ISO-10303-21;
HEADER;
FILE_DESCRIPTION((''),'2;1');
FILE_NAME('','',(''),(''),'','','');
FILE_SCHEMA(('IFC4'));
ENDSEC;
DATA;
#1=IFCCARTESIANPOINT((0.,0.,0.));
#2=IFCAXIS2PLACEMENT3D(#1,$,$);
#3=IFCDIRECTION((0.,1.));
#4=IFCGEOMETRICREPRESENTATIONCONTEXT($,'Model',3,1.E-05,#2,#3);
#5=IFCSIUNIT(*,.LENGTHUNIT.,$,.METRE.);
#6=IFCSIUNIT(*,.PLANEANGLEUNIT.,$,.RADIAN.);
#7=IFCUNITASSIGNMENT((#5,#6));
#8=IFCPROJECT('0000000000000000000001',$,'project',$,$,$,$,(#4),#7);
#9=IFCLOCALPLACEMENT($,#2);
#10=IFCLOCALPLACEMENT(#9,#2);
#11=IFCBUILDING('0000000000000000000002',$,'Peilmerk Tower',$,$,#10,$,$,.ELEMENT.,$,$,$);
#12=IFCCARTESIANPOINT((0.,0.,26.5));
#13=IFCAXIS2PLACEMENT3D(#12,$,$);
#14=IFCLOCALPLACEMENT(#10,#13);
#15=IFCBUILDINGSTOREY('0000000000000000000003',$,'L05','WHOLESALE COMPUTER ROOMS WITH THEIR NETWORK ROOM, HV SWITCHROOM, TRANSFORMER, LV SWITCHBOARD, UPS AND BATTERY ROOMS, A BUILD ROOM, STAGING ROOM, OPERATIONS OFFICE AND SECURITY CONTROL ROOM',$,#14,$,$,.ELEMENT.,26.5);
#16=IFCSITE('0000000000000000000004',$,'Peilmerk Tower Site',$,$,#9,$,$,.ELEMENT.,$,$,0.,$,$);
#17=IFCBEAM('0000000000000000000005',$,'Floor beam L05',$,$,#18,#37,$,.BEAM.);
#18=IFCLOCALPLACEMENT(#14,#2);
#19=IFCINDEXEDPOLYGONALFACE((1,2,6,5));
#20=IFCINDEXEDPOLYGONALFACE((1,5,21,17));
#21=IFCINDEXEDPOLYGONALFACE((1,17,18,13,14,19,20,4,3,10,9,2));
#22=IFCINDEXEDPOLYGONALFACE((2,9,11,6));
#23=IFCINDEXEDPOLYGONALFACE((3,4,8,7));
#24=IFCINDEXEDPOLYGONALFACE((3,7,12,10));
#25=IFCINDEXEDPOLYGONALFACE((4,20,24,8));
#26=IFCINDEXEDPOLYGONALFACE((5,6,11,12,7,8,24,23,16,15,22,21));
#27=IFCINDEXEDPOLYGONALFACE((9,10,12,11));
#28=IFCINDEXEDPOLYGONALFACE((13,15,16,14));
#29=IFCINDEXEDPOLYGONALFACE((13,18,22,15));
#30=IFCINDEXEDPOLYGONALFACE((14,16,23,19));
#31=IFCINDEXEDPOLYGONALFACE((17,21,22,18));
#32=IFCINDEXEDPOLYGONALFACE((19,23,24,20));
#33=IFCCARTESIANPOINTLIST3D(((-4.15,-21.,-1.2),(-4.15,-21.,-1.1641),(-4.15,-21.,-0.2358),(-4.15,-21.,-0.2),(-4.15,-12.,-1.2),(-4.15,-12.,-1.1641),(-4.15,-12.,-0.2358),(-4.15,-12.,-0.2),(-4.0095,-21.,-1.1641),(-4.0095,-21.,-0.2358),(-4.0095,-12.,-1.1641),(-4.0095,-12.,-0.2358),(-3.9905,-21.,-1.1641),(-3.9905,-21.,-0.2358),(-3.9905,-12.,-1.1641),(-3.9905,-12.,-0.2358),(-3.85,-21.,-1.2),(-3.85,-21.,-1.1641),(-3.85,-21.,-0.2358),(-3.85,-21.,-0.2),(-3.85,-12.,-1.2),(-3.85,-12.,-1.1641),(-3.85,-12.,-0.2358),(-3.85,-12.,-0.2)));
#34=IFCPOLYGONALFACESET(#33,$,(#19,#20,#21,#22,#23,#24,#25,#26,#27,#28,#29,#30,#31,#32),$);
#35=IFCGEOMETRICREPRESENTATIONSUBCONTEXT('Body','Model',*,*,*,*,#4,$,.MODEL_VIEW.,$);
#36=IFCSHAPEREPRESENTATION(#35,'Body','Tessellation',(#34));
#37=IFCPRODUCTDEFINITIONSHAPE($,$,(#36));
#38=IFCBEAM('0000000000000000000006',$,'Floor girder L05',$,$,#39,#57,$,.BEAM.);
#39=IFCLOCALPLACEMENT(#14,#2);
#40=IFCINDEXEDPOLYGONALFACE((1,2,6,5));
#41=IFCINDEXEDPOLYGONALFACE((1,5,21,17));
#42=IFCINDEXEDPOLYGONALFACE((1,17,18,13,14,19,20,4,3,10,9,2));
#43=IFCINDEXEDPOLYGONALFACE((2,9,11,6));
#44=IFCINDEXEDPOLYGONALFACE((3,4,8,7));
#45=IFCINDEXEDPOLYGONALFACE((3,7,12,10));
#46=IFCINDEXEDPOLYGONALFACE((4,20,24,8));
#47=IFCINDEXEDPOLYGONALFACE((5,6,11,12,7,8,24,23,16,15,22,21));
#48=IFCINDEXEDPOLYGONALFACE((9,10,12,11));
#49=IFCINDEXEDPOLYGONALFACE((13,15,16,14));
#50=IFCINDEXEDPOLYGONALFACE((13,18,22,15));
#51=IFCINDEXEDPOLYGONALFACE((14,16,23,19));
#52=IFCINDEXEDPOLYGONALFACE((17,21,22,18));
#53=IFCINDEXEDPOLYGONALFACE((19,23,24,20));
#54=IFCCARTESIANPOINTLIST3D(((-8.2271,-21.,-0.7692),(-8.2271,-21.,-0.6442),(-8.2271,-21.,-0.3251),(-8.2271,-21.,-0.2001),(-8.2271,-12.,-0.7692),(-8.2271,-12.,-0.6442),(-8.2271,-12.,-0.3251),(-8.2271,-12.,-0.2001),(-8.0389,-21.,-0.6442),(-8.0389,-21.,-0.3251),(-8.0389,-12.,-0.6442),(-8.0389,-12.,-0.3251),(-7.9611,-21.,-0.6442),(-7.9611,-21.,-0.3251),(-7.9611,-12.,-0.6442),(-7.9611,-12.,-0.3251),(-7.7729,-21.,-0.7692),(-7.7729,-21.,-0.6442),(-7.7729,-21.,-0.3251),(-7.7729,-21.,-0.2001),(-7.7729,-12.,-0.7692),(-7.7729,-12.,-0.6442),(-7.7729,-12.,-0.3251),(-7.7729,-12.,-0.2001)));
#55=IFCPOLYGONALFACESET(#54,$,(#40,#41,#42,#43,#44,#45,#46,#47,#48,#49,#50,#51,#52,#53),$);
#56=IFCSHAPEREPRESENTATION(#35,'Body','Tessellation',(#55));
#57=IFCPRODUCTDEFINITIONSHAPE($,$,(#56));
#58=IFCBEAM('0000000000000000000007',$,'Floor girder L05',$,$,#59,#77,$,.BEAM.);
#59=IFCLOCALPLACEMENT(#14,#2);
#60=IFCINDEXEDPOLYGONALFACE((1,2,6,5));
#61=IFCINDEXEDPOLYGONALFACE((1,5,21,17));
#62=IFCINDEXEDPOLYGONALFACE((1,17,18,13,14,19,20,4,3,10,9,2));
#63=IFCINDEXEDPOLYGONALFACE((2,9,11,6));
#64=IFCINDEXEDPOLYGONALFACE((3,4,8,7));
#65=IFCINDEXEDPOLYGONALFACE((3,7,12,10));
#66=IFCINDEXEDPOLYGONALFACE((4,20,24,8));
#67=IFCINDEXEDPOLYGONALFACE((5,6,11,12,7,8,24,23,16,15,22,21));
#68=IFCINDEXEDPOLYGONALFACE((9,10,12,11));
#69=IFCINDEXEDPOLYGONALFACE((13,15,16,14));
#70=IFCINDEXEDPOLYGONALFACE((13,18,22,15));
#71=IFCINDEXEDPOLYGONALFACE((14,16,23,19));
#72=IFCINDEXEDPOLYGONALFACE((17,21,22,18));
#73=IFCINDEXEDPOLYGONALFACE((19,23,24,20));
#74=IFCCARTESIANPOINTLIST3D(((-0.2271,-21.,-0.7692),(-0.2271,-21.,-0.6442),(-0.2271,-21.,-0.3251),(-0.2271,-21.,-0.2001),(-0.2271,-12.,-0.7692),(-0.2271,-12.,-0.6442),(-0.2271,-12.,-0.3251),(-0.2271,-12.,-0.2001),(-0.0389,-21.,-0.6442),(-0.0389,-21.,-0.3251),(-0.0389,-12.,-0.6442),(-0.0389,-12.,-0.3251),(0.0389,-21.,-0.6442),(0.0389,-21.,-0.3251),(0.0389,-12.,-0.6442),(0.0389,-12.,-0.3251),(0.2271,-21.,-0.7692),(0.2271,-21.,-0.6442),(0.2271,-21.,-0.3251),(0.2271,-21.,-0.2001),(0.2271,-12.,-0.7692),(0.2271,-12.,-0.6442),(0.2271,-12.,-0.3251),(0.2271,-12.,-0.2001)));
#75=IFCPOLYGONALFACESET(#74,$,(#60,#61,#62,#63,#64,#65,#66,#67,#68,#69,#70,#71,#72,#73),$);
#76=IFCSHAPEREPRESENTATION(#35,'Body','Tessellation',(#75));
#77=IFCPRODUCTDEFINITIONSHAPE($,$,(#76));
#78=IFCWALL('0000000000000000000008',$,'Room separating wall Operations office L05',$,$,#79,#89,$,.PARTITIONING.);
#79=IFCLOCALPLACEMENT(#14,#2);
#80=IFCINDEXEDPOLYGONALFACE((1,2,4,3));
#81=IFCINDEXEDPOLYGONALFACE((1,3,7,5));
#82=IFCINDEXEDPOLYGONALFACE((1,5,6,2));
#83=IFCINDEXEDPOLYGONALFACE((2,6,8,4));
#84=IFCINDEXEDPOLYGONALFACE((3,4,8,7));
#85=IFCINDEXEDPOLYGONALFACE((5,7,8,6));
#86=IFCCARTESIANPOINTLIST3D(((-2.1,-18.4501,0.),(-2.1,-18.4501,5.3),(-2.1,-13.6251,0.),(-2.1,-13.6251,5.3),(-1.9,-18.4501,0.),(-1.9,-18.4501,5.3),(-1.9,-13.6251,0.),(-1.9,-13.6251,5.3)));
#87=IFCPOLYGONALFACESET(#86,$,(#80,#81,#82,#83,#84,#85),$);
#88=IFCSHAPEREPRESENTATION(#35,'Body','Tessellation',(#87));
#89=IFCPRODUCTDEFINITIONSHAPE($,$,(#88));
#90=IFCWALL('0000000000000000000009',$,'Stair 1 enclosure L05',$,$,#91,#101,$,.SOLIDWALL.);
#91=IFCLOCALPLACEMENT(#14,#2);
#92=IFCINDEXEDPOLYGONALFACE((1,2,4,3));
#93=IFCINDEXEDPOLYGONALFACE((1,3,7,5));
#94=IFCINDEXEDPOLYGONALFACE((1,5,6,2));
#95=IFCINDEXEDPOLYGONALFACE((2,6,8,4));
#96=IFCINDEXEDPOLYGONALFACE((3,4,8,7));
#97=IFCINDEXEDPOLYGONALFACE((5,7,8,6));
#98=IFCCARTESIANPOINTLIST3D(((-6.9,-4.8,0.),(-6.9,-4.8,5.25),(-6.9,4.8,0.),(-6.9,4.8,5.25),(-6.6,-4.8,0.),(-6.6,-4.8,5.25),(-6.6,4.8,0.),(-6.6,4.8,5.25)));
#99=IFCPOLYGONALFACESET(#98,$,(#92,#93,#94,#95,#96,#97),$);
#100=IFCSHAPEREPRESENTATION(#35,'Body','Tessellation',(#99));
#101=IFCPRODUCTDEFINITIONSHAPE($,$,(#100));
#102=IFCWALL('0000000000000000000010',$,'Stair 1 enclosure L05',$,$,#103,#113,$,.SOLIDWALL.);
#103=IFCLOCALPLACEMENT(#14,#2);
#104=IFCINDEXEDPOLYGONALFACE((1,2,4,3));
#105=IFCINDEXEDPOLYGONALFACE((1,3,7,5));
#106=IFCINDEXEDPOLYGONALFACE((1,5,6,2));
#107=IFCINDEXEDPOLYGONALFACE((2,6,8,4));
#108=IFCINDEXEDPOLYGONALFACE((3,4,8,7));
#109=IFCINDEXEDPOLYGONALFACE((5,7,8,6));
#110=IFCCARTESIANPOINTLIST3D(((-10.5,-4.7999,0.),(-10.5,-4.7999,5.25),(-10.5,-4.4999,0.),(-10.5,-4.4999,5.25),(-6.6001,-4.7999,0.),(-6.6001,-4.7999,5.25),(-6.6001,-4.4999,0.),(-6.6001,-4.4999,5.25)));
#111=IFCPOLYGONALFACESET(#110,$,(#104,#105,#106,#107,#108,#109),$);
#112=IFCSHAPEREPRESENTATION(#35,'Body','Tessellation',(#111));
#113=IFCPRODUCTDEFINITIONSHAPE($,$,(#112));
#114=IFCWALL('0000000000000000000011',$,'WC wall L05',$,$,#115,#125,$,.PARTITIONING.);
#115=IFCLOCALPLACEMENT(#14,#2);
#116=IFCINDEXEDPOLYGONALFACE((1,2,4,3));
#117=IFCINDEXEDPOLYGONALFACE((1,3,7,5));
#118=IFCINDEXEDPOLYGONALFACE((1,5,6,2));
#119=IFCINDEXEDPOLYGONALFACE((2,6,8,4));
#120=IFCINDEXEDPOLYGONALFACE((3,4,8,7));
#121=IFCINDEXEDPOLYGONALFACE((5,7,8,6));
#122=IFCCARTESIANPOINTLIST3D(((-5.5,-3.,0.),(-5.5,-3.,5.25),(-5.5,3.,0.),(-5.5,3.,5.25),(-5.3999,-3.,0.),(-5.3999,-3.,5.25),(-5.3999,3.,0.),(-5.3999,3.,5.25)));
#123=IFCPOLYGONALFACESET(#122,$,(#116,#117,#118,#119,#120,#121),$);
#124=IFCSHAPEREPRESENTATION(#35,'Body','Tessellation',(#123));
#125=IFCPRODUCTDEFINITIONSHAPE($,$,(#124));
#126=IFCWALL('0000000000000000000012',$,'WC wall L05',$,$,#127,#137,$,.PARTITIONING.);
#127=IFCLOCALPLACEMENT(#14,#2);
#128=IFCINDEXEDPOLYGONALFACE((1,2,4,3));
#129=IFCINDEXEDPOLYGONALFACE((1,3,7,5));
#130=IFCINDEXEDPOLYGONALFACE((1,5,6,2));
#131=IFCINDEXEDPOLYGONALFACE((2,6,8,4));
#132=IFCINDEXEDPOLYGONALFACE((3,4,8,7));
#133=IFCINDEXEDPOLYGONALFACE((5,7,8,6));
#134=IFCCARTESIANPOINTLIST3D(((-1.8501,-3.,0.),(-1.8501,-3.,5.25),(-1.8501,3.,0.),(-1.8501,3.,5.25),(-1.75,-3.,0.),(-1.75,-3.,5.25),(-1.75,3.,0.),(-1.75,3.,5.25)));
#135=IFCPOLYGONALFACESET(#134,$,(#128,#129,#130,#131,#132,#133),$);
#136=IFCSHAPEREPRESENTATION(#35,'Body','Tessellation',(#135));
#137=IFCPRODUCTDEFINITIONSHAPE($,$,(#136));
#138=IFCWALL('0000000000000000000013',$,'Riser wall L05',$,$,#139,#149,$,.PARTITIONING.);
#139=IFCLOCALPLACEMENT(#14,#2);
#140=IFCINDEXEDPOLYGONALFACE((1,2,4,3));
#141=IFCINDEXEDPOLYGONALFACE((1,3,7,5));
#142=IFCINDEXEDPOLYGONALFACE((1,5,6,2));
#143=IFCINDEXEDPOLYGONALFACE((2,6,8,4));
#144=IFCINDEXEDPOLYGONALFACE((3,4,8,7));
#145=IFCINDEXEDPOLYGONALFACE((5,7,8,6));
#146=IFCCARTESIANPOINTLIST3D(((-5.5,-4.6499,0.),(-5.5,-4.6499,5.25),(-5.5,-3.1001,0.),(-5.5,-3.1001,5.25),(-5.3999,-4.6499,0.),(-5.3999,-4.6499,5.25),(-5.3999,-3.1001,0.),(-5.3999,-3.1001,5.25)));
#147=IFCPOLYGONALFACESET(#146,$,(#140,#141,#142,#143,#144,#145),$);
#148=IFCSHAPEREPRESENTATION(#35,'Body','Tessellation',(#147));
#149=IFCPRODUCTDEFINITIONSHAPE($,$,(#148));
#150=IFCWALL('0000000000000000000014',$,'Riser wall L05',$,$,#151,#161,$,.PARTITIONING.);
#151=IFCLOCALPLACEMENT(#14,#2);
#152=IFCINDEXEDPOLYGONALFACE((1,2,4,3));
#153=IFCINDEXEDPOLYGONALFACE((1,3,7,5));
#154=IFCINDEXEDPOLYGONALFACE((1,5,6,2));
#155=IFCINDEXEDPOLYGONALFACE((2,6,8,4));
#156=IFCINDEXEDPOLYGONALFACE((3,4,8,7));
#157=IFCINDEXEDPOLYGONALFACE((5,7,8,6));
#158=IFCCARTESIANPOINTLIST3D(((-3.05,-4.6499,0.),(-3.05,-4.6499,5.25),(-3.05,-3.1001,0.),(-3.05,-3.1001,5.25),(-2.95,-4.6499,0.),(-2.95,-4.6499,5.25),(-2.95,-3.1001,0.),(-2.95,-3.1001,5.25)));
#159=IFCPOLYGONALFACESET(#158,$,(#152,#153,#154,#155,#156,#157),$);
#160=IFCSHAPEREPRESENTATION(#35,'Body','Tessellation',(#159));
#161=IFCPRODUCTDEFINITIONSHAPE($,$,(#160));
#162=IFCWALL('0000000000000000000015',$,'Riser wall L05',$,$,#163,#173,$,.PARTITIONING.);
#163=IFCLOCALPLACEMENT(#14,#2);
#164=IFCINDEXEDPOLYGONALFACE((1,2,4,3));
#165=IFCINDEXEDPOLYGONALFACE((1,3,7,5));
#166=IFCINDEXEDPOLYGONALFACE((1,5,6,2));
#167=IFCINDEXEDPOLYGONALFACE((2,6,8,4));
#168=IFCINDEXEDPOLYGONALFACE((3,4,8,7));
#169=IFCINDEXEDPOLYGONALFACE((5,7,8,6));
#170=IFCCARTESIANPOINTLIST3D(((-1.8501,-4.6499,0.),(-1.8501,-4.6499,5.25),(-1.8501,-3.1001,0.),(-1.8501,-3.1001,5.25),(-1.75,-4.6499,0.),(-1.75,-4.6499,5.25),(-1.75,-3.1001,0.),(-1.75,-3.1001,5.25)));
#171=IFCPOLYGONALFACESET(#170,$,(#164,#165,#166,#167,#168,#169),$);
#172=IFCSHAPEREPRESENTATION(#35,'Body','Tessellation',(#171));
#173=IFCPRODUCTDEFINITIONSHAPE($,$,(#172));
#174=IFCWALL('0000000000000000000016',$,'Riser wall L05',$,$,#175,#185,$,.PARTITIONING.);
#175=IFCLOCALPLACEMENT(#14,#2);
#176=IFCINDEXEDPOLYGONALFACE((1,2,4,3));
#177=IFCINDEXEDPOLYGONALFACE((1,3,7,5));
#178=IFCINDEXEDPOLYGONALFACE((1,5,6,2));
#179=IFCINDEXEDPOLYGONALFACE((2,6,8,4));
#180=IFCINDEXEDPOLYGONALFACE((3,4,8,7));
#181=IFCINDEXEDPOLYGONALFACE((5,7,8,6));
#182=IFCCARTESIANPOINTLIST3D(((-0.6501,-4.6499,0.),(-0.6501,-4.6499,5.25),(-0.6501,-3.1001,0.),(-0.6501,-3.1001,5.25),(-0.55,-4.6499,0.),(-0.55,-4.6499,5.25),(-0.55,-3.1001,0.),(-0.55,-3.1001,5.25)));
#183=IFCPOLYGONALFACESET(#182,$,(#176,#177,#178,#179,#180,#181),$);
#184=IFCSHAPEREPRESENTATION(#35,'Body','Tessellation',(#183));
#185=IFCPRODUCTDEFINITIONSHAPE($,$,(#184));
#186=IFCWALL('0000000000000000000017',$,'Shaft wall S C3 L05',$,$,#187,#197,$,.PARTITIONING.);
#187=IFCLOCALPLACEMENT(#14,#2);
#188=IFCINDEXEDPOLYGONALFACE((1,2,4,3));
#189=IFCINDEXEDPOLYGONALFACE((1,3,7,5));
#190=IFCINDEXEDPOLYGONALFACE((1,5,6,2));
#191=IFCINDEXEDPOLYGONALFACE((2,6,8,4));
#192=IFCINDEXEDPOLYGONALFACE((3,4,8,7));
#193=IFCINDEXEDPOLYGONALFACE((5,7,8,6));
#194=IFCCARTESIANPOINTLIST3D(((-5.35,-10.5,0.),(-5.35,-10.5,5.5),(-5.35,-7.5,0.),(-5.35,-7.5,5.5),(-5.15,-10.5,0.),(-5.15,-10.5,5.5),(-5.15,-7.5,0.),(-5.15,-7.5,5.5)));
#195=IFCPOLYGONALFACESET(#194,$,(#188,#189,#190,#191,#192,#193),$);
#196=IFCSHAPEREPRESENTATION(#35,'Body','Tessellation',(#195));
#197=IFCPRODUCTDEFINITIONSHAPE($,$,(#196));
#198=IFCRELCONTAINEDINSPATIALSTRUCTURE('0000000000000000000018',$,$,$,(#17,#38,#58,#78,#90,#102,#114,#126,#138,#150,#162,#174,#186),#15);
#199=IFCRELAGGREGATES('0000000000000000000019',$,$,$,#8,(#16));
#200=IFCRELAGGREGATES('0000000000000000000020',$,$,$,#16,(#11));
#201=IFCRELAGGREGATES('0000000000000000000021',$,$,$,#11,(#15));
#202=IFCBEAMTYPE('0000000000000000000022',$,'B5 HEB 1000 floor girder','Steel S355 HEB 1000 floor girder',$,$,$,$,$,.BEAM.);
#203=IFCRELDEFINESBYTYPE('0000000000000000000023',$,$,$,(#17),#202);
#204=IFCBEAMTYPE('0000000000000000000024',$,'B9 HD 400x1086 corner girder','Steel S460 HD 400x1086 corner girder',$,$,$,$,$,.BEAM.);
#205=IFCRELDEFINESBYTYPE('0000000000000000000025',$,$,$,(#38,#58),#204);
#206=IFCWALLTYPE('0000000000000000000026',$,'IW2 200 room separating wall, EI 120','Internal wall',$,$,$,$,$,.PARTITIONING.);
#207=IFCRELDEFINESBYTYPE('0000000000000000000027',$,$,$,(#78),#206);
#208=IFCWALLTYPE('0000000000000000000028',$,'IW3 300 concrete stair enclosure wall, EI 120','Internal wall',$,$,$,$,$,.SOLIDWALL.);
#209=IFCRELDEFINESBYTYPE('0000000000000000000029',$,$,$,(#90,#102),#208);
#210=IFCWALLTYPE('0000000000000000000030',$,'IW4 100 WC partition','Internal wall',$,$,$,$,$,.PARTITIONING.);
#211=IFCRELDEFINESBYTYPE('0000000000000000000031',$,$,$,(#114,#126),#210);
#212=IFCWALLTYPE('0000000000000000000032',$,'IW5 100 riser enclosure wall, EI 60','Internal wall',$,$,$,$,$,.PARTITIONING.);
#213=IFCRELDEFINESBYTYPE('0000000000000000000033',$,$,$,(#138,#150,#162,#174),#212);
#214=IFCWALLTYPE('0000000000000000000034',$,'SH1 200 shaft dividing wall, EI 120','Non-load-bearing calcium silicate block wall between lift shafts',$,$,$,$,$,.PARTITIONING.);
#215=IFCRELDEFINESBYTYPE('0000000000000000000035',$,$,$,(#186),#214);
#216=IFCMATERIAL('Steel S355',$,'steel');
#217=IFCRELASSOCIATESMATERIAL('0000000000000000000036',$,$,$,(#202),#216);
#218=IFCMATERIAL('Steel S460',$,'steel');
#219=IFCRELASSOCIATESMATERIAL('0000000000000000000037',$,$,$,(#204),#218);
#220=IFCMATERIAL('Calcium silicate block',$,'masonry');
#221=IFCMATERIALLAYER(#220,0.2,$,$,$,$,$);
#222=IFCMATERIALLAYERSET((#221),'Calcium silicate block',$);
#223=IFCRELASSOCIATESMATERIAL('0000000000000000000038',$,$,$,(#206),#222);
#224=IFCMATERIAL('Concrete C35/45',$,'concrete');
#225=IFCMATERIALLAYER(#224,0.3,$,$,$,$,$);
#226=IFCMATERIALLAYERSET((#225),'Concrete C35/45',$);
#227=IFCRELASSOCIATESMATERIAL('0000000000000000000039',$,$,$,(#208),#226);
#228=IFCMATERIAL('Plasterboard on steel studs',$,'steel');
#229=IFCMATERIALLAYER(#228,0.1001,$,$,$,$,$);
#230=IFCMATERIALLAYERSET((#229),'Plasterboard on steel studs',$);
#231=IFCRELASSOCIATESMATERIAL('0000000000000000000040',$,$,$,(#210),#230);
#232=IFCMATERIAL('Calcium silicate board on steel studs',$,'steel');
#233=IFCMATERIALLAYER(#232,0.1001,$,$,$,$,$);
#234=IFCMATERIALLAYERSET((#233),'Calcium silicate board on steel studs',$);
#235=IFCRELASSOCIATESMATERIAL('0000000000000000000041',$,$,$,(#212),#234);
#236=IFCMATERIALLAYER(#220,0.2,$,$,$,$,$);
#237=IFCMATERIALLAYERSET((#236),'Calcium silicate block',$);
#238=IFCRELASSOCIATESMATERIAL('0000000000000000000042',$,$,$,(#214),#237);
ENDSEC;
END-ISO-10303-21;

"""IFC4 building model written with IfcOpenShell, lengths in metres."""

from ifc_helpers import new_model, si_unit, direction, frame, frame_2d, origin, origin_2d, place, context, subcontext, project, spatial, rectangle, i_section, extrude, material, layer, layer_set, material_profile, profile_set, type_object, element, save


model = new_model("IFC4")

# Units and contexts
model_context = context("Model", 3, precision=1e-05, world=origin(), true_north=direction((0.0, 1.0)))
body_context = subcontext(model_context, "Body", "Model", "MODEL_VIEW")
ifc_project = project(units=[si_unit("LENGTHUNIT", "METRE"), si_unit("PLANEANGLEUNIT", "RADIAN")], contexts=[model_context])

# Site, building, storey
site_placement = place(None, origin())
site = spatial("IfcSite", under=ifc_project, at=site_placement, Name="Peilmerk Tower Site", CompositionType="ELEMENT", RefElevation=0.0)
building_placement = place(site_placement, origin())
building = spatial("IfcBuilding", under=site, at=building_placement, Name="Peilmerk Tower", CompositionType="ELEMENT")
storey_placement = place(building_placement, frame((0.0, 0.0, 26.5)))
storey = spatial("IfcBuildingStorey", under=building, at=storey_placement, Name="L05", Description="WHOLESALE COMPUTER ROOMS WITH THEIR NETWORK ROOM, HV SWITCHROOM, TRANSFORMER, LV SWITCHBOARD, UPS AND BATTERY ROOMS, A BUILD ROOM, STAGING ROOM, OPERATIONS OFFICE AND SECURITY CONTROL ROOM", CompositionType="ELEMENT", Elevation=26.5)

# Beams
ifc_material_1 = material(Name="Steel S355", Category="steel")
ifc_material_profile_1 = material_profile(ifc_material_1, i_section(OverallWidth=0.3, OverallDepth=1.0, WebThickness=0.019, FlangeThickness=0.0359, at=origin_2d()), Name="HEB 1000")
ifc_profile_set_1 = profile_set([ifc_material_profile_1], Name="Steel S355")
beam_type_1 = type_object("IfcBeamType", Name="B5 HEB 1000 floor girder", Description="Steel S355 HEB 1000 floor girder", PredefinedType="BEAM", material=ifc_profile_set_1)
beam_placement = place(storey_placement, frame((-4.0, -12.0, -0.7), z_axis=(0.0, -1.0, 0.0), x_axis=(1.0, 0.0, 0.0)))
element("IfcBeam", 1, at=beam_placement, inside=storey, type_object=beam_type_1, Name="Floor beam L05", PredefinedType="BEAM", context=body_context, shape_type="SweptSolid", body=[
    extrude(i_section(OverallWidth=0.3, OverallDepth=1.0, WebThickness=0.019, FlangeThickness=0.0359, at=origin_2d()), origin(), (0.0, 0.0, 1.0), 9.0),
])
ifc_material_2 = material(Name="Steel S460", Category="steel")
ifc_material_profile_2 = material_profile(ifc_material_2, i_section(OverallWidth=0.4541, OverallDepth=0.5691, WebThickness=0.0779, FlangeThickness=0.125, at=origin_2d()), Name="HD 400x1086")
ifc_profile_set_2 = profile_set([ifc_material_profile_2], Name="Steel S460")
beam_type_2 = type_object("IfcBeamType", Name="B9 HD 400x1086 corner girder", Description="Steel S460 HD 400x1086 corner girder", PredefinedType="BEAM", material=ifc_profile_set_2)
for number, where, z_axis, x_axis, name in (
    (2, (-8.0, -12.0, -0.4846), (0.0, -1.0, 0.0), (1.0, 0.0, 0.0), "Floor girder L05"),
    (3, (0.0, -12.0, -0.4846), (0.0, -1.0, 0.0), (1.0, 0.0, 0.0), "Floor girder L05"),
):
    element("IfcBeam", number, at=place(storey_placement, frame(where, z_axis=z_axis, x_axis=x_axis)), inside=storey, type_object=beam_type_2, Name=name, PredefinedType="BEAM", context=body_context, shape_type="SweptSolid", body=[
        extrude(i_section(OverallWidth=0.4541, OverallDepth=0.5691, WebThickness=0.0779, FlangeThickness=0.125, at=origin_2d()), origin(), (0.0, 0.0, 1.0), 9.0),
    ])

# Walls
ifc_material_3 = material(Name="Calcium silicate block", Category="masonry")
ifc_layer_1 = layer(ifc_material_3, 0.2)
ifc_layer_set_1 = layer_set([ifc_layer_1], Name="Calcium silicate block")
wall_type_1 = type_object("IfcWallType", Name="IW2 200 room separating wall, EI 120", Description="Internal wall", PredefinedType="PARTITIONING", material=ifc_layer_set_1)
wall_1_placement = place(storey_placement, frame((-2.0, -13.625, 0.0), z_axis=(0.0, 0.0, 1.0), x_axis=(0.0, -1.0, 0.0)))
element("IfcWall", 4, at=wall_1_placement, inside=storey, type_object=wall_type_1, Name="Room separating wall Operations office L05", PredefinedType="PARTITIONING", context=body_context, shape_type="SweptSolid", body=[
    extrude(rectangle(XDim=4.825, YDim=0.2, at=frame_2d((2.4126, 0.0))), origin(), (0.0, 0.0, 1.0), 5.3),
])
ifc_material_4 = material(Name="Concrete C35/45", Category="concrete")
ifc_layer_2 = layer(ifc_material_4, 0.3)
ifc_layer_set_2 = layer_set([ifc_layer_2], Name="Concrete C35/45")
wall_type_2 = type_object("IfcWallType", Name="IW3 300 concrete stair enclosure wall, EI 120", Description="Internal wall", PredefinedType="SOLIDWALL", material=ifc_layer_set_2)
wall_2_placement = place(storey_placement, frame((-6.75, -4.8, 0.0), z_axis=(0.0, 0.0, 1.0), x_axis=(0.0, 1.0, 0.0)))
element("IfcWall", 5, at=wall_2_placement, inside=storey, type_object=wall_type_2, Name="Stair 1 enclosure L05", PredefinedType="SOLIDWALL", context=body_context, shape_type="SweptSolid", body=[
    extrude(rectangle(XDim=9.6001, YDim=0.3, at=frame_2d((4.8, 0.0))), origin(), (0.0, 0.0, 1.0), 5.25),
])
wall_3_placement = place(storey_placement, frame((-6.6001, -4.6499, 0.0), z_axis=(0.0, 0.0, 1.0), x_axis=(-1.0, 0.0, 0.0)))
element("IfcWall", 6, at=wall_3_placement, inside=storey, type_object=wall_type_2, Name="Stair 1 enclosure L05", PredefinedType="SOLIDWALL", context=body_context, shape_type="SweptSolid", body=[
    extrude(rectangle(XDim=3.8999, YDim=0.3, at=frame_2d((1.95, 0.0))), origin(), (0.0, 0.0, 1.0), 5.25),
])
ifc_material_5 = material(Name="Plasterboard on steel studs", Category="steel")
ifc_layer_3 = layer(ifc_material_5, 0.1001)
ifc_layer_set_3 = layer_set([ifc_layer_3], Name="Plasterboard on steel studs")
wall_type_3 = type_object("IfcWallType", Name="IW4 100 WC partition", Description="Internal wall", PredefinedType="PARTITIONING", material=ifc_layer_set_3)
for number, where, z_axis, x_axis, name in (
    (7, (-5.45, -3.0, 0.0), (0.0, 0.0, 1.0), (0.0, 1.0, 0.0), "WC wall L05"),
    (8, (-1.8, -3.0, 0.0), (0.0, 0.0, 1.0), (0.0, 1.0, 0.0), "WC wall L05"),
):
    element("IfcWall", number, at=place(storey_placement, frame(where, z_axis=z_axis, x_axis=x_axis)), inside=storey, type_object=wall_type_3, Name=name, PredefinedType="PARTITIONING", context=body_context, shape_type="SweptSolid", body=[
        extrude(rectangle(XDim=6.0, YDim=0.1001, at=frame_2d((3.0, 0.0))), origin(), (0.0, 0.0, 1.0), 5.25),
    ])
ifc_material_6 = material(Name="Calcium silicate board on steel studs", Category="steel")
ifc_layer_4 = layer(ifc_material_6, 0.1001)
ifc_layer_set_4 = layer_set([ifc_layer_4], Name="Calcium silicate board on steel studs")
wall_type_4 = type_object("IfcWallType", Name="IW5 100 riser enclosure wall, EI 60", Description="Internal wall", PredefinedType="PARTITIONING", material=ifc_layer_set_4)
for number, where, z_axis, x_axis, name in (
    (9, (-5.45, -3.1001, 0.0), (0.0, 0.0, 1.0), (0.0, -1.0, 0.0), "Riser wall L05"),
    (10, (-3.0, -3.1001, 0.0), (0.0, 0.0, 1.0), (0.0, -1.0, 0.0), "Riser wall L05"),
    (11, (-1.8, -3.1001, 0.0), (0.0, 0.0, 1.0), (0.0, -1.0, 0.0), "Riser wall L05"),
    (12, (-0.6001, -3.1001, 0.0), (0.0, 0.0, 1.0), (0.0, -1.0, 0.0), "Riser wall L05"),
):
    element("IfcWall", number, at=place(storey_placement, frame(where, z_axis=z_axis, x_axis=x_axis)), inside=storey, type_object=wall_type_4, Name=name, PredefinedType="PARTITIONING", context=body_context, shape_type="SweptSolid", body=[
        extrude(rectangle(XDim=1.5498, YDim=0.1001, at=frame_2d((0.7749, 0.0))), origin(), (0.0, 0.0, 1.0), 5.25),
    ])
ifc_layer_5 = layer(ifc_material_3, 0.2)
ifc_layer_set_5 = layer_set([ifc_layer_5], Name="Calcium silicate block")
wall_type_5 = type_object("IfcWallType", Name="SH1 200 shaft dividing wall, EI 120", Description="Non-load-bearing calcium silicate block wall between lift shafts", PredefinedType="PARTITIONING", material=ifc_layer_set_5)
for number, where, z_axis, x_axis, name in (
    (13, (-5.25, -10.5, 0.0), (0.0, 0.0, 1.0), (0.0, 1.0, 0.0), "Shaft wall S C3 L05"),
):
    element("IfcWall", number, at=place(storey_placement, frame(where, z_axis=z_axis, x_axis=x_axis)), inside=storey, type_object=wall_type_5, Name=name, PredefinedType="PARTITIONING", context=body_context, shape_type="SweptSolid", body=[
        extrude(rectangle(XDim=3.0, YDim=0.2, at=frame_2d((1.5, 0.0))), origin(), (0.0, 0.0, 1.0), 5.5),
    ])

save(model, "model.ifc")
